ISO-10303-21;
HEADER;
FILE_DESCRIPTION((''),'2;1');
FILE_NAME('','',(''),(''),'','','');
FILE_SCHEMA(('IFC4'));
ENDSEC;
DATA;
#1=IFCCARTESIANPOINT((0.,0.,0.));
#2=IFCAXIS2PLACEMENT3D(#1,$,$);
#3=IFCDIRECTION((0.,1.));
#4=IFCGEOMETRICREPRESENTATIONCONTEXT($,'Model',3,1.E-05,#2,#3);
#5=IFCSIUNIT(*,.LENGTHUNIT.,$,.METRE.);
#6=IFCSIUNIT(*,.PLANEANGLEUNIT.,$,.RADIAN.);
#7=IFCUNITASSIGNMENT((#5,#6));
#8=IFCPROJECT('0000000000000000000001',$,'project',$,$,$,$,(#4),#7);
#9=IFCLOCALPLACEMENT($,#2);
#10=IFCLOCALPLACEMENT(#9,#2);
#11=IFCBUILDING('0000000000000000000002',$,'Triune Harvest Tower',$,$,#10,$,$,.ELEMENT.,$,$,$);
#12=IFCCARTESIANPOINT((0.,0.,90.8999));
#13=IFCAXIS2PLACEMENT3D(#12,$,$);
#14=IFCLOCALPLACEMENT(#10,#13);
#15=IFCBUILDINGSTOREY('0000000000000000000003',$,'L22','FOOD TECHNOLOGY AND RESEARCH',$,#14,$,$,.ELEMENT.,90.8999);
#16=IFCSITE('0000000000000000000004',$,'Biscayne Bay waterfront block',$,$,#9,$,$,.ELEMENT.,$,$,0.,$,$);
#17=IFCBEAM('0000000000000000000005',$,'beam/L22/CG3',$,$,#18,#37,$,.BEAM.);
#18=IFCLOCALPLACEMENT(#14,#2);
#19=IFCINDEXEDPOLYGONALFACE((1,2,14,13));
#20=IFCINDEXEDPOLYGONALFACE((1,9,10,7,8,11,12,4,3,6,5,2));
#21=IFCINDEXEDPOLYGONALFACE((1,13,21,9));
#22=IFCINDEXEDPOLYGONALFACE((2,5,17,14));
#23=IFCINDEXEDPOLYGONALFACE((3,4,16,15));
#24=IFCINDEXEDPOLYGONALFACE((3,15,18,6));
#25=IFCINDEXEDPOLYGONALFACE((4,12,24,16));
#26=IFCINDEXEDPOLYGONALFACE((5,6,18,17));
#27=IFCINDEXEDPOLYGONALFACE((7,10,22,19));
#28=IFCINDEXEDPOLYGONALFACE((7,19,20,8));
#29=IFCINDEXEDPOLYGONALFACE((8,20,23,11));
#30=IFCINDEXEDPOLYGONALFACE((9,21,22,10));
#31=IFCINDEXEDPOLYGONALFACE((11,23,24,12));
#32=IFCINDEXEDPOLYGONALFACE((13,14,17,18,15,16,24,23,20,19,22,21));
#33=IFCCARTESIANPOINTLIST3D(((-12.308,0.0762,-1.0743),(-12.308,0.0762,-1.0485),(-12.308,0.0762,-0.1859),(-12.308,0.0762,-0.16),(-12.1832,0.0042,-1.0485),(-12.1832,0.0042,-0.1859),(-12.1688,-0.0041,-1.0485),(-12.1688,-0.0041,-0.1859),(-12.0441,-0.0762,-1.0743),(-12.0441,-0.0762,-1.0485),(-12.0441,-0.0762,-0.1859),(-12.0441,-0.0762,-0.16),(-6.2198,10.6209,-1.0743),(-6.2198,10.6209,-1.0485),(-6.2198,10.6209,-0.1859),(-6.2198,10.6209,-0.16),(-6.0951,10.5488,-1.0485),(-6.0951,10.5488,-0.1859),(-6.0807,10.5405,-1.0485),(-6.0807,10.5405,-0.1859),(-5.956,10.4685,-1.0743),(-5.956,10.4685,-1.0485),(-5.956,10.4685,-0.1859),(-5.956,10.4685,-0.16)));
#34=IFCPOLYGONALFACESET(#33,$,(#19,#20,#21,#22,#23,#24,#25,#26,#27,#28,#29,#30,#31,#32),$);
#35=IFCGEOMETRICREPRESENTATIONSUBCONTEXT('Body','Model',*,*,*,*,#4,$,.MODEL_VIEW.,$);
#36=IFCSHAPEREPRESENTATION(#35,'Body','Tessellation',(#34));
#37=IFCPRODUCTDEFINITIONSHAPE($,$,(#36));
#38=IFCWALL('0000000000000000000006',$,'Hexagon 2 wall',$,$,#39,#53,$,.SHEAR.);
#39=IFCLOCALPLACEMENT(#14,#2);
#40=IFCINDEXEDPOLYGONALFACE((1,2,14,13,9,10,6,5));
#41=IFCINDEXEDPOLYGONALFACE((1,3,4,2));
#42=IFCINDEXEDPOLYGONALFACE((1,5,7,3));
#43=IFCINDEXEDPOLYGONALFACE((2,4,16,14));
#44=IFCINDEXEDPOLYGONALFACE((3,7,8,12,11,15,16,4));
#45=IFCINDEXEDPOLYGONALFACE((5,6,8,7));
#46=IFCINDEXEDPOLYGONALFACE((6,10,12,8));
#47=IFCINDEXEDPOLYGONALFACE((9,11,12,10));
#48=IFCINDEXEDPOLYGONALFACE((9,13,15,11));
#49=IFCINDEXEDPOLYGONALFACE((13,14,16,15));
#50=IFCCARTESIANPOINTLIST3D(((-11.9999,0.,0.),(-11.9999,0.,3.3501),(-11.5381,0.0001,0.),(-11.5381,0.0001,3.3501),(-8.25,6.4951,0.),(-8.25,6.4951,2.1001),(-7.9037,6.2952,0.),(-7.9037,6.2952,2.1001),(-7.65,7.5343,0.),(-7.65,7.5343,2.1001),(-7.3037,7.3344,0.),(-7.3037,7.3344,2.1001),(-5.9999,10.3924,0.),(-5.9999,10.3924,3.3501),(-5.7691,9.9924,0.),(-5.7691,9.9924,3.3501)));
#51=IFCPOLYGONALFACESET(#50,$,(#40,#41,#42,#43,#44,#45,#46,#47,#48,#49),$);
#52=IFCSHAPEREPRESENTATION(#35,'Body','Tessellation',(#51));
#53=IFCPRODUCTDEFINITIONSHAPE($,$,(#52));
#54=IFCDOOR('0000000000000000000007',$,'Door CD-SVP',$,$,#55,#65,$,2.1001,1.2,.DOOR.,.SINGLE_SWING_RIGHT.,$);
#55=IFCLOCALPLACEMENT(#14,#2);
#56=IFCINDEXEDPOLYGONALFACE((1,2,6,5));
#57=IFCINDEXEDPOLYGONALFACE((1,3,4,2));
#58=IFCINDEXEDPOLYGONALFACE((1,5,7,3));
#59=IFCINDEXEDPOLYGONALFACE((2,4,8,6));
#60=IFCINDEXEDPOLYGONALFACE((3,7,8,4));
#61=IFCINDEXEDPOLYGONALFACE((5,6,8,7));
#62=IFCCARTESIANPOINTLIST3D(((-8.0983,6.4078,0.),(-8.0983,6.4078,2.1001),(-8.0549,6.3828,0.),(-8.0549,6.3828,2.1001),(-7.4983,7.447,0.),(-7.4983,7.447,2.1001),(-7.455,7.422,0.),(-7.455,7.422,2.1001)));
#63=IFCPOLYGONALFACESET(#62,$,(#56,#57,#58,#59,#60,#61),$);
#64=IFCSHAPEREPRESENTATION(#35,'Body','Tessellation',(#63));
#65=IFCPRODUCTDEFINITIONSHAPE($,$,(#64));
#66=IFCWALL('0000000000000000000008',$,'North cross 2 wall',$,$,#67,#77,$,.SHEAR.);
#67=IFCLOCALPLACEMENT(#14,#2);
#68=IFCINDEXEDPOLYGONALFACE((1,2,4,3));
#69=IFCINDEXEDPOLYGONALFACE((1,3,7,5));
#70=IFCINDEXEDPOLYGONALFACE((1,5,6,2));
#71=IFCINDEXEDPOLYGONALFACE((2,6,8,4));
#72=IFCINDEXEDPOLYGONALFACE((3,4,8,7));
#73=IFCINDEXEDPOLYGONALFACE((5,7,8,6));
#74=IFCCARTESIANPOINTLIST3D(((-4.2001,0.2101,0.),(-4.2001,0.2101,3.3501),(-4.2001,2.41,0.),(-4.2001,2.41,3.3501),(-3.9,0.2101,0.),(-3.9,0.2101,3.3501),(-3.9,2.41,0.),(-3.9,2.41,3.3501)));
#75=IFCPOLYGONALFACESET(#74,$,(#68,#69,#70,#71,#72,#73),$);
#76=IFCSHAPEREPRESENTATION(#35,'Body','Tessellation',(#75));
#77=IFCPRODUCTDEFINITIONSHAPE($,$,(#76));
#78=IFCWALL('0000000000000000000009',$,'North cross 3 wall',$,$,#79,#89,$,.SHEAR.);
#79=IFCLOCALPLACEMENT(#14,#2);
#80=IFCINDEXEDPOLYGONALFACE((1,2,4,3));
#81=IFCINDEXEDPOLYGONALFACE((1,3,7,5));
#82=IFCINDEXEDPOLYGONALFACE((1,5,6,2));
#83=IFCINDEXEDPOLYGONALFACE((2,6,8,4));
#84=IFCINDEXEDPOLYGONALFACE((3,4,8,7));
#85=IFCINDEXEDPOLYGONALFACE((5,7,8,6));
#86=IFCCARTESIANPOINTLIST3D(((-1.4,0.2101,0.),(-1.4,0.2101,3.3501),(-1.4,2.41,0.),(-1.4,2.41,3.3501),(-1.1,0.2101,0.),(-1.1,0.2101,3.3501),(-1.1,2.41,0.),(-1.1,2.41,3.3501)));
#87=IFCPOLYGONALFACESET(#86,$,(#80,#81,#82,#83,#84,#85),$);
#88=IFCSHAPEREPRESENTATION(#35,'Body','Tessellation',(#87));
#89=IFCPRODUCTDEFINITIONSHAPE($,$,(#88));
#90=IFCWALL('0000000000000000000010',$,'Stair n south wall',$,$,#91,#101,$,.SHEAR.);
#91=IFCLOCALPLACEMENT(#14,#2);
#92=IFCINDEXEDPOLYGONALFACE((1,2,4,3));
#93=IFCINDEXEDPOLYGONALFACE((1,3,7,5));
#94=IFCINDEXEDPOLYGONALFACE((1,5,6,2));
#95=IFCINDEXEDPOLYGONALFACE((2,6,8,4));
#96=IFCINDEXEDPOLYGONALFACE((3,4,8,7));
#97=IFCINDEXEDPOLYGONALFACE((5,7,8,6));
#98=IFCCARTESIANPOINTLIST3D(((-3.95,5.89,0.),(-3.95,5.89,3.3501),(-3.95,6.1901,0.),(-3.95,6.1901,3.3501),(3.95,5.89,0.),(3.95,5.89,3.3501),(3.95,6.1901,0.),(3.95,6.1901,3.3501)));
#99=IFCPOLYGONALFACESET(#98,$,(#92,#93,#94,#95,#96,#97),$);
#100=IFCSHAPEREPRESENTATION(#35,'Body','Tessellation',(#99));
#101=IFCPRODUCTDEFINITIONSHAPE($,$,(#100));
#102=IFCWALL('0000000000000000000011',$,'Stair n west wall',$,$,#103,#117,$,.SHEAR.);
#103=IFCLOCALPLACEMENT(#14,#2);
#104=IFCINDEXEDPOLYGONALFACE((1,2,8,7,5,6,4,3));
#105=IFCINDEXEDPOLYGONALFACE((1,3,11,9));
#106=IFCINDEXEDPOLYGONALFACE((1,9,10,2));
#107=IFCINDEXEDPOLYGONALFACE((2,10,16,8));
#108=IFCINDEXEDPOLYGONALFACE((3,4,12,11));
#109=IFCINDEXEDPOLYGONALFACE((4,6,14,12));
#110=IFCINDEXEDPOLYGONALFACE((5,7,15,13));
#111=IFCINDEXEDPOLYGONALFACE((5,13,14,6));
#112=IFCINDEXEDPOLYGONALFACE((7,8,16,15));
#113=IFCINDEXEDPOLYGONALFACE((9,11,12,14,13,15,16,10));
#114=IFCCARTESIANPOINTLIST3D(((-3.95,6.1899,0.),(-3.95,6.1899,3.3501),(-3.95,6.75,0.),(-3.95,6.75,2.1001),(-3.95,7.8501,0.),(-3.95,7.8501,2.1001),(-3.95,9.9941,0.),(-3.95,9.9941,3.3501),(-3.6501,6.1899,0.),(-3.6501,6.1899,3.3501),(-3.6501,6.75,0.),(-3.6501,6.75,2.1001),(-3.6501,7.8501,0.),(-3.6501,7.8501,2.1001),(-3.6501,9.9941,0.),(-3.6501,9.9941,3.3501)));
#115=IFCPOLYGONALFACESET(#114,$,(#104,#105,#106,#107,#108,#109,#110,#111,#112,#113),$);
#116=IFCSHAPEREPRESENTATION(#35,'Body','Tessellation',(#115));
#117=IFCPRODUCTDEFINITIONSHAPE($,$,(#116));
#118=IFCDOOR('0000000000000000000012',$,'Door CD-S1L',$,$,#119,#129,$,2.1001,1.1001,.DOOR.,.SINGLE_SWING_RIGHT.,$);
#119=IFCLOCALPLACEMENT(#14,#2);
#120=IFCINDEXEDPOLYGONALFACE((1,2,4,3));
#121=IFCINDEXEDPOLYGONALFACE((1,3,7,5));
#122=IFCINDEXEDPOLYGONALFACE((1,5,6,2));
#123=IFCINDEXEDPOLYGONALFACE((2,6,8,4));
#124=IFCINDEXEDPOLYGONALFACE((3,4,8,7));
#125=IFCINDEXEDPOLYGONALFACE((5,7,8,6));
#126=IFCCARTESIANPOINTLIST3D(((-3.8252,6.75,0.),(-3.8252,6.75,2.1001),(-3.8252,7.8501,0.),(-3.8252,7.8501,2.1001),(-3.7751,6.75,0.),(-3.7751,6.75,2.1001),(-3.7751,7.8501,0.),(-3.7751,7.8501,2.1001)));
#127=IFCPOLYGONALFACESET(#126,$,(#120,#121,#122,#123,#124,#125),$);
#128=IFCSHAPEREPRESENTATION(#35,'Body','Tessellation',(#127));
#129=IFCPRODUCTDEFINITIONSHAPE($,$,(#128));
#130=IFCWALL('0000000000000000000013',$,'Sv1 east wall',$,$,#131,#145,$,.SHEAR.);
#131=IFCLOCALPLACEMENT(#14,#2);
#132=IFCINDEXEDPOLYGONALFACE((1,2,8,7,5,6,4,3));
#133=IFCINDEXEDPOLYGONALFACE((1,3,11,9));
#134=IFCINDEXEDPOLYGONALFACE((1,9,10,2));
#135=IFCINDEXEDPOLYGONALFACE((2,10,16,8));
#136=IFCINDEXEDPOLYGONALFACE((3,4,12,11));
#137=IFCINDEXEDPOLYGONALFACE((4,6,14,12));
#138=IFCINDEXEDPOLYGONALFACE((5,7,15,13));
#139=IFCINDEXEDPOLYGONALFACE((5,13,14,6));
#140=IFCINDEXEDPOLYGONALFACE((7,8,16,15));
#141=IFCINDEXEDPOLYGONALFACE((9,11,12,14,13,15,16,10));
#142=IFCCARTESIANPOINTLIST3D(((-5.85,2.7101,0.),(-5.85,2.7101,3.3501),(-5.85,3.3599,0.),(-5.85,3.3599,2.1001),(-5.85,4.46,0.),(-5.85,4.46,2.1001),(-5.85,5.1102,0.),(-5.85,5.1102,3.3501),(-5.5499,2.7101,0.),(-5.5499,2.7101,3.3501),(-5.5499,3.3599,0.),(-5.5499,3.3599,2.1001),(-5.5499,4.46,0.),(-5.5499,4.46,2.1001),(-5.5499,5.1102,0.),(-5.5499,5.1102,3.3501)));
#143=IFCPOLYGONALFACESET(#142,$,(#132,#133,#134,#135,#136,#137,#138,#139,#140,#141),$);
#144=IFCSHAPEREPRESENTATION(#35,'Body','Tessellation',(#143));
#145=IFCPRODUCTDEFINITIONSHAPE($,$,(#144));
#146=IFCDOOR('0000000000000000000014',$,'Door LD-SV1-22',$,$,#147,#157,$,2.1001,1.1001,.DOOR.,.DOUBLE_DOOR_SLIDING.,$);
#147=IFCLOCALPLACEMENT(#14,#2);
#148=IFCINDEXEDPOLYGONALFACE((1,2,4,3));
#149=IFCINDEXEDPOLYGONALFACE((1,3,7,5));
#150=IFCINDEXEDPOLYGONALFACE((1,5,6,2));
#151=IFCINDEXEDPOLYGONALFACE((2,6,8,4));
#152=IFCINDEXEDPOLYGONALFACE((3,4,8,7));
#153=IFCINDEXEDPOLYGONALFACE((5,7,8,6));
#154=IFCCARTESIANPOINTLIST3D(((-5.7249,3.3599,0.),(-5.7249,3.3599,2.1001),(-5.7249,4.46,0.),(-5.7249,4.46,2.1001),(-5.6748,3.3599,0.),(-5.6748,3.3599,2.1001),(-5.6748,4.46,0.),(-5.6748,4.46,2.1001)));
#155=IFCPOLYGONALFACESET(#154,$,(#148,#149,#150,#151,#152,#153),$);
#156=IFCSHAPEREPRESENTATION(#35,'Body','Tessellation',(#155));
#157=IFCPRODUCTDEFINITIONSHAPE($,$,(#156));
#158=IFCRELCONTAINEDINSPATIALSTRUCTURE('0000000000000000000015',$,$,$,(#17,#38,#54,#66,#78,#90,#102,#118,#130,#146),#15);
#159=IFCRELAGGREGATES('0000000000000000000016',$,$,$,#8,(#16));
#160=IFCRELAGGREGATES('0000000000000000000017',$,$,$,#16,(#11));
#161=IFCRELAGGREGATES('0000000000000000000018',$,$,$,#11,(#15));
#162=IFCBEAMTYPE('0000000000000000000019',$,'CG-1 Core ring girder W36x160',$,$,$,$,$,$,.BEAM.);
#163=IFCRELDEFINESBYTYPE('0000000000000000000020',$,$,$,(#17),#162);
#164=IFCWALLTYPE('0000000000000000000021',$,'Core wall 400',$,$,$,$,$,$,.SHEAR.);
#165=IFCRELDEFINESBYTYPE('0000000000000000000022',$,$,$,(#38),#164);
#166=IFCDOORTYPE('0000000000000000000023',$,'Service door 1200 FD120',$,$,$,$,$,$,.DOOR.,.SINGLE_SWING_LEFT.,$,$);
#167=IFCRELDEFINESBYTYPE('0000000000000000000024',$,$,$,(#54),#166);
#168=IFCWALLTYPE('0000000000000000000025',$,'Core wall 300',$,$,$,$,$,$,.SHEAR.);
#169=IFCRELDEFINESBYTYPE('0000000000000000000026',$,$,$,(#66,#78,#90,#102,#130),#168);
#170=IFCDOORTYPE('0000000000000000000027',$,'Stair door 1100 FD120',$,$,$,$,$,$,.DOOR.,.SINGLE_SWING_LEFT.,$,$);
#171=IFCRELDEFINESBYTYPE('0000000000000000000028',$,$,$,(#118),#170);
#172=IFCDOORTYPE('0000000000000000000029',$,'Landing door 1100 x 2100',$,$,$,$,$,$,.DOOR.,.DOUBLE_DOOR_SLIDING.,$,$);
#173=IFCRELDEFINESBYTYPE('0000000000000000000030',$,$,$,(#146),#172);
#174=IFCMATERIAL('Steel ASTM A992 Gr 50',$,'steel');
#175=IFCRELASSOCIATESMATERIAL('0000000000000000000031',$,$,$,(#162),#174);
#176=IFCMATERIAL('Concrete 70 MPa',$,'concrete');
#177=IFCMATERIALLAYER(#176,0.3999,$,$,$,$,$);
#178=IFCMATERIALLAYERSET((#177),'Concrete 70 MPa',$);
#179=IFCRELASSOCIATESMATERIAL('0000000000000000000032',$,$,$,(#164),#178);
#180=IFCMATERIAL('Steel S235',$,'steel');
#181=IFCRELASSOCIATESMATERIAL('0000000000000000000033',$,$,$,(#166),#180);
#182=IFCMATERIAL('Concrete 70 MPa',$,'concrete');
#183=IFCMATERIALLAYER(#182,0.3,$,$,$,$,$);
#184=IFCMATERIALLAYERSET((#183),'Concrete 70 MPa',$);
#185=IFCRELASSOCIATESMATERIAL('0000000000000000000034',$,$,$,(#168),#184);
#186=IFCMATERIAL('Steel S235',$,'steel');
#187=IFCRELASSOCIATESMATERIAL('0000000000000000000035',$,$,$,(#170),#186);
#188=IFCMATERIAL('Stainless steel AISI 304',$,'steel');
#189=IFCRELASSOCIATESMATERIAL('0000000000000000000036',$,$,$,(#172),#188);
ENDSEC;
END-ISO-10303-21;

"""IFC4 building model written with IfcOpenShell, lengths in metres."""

from ifc_helpers import new_model, si_unit, direction, frame, frame_2d, origin, origin_2d, place, context, subcontext, project, spatial, polyline, rectangle, i_section, outline, extrude, source, transform, mapped, material, layer, layer_set, material_profile, profile_set, type_object, element, fill, save


model = new_model("IFC4")

# Units and contexts
model_context = context("Model", 3, precision=1e-05, world=origin(), true_north=direction((0.0, 1.0)))
body_context = subcontext(model_context, "Body", "Model", "MODEL_VIEW")
ifc_project = project(units=[si_unit("LENGTHUNIT", "METRE"), si_unit("PLANEANGLEUNIT", "RADIAN")], contexts=[model_context])

# Site, building, storey
site_placement = place(None, origin())
site = spatial("IfcSite", under=ifc_project, at=site_placement, Name="Biscayne Bay waterfront block", CompositionType="ELEMENT", RefElevation=0.0)
building_placement = place(site_placement, origin())
building = spatial("IfcBuilding", under=site, at=building_placement, Name="Triune Harvest Tower", CompositionType="ELEMENT")
storey_placement = place(building_placement, frame((0.0, 0.0, 90.8999)))
storey = spatial("IfcBuildingStorey", under=building, at=storey_placement, Name="L22", Description="FOOD TECHNOLOGY AND RESEARCH", CompositionType="ELEMENT", Elevation=90.8999)

# Beam
ifc_material_1 = material(Name="Steel ASTM A992 Gr 50", Category="steel")
ifc_material_profile = material_profile(ifc_material_1, i_section(OverallWidth=0.3047, OverallDepth=0.9143, WebThickness=0.0166, FlangeThickness=0.0259, at=origin_2d()), Name="W36x160")
ifc_profile_set = profile_set([ifc_material_profile], Name="Steel ASTM A992 Gr 50")
beam_type = type_object("IfcBeamType", Name="CG-1 Core ring girder W36x160", PredefinedType="BEAM", material=ifc_profile_set)
shared_shape_1 = source(origin(), body_context, "Body", "SweptSolid", [
    extrude(i_section(OverallWidth=0.3047, OverallDepth=0.9143, WebThickness=0.0166, FlangeThickness=0.0259, at=origin_2d()), origin(), (0.0, 0.0, 1.0), 12.176),
])
beam_placement = place(storey_placement, frame((-6.0879, 10.5447, -0.6172), z_axis=(-0.50001, -0.86602, 0.0), x_axis=(0.86602, -0.50001, 0.0)))
element("IfcBeam", 1, at=beam_placement, inside=storey, type_object=beam_type, Name="beam/L22/CG3", PredefinedType="BEAM", context=body_context, shape_type="MappedRepresentation", body=[
    mapped(shared_shape_1, transform((0.0, 0.0, 0.0), scale=1.0)),
])

# Wall, opening, door
ifc_material_2 = material(Name="Concrete 70 MPa", Category="concrete")
ifc_layer_1 = layer(ifc_material_2, 0.3999)
ifc_layer_set_1 = layer_set([ifc_layer_1], Name="Concrete 70 MPa")
wall_type_1 = type_object("IfcWallType", Name="Core wall 400", PredefinedType="SHEAR", material=ifc_layer_set_1)
shared_shape_2 = source(origin(), body_context, "Body", "SweptSolid", [
    extrude(outline(polyline([(-0.1155, -0.2), (11.8845, -0.2), (11.6536, 0.2), (0.1155, 0.2), (-0.1155, -0.2)])), origin(), (0.0, 0.0, 1.0), 3.3501),
])
wall_1_placement = place(storey_placement, frame((-5.8845, 10.1924, 0.0), z_axis=(0.0, 0.0, 1.0), x_axis=(-0.499997, -0.866027, 0.0)))
wall_1 = element("IfcWall", 2, at=wall_1_placement, inside=storey, type_object=wall_type_1, Name="Hexagon 2 wall", PredefinedType="SHEAR", context=body_context, shape_type="MappedRepresentation", body=[
    mapped(shared_shape_2, transform((0.0, 0.0, 0.0), scale=1.0)),
])
opening_1_placement = place(wall_1_placement, frame((3.1846, 0.0, 0.0)))
opening_1 = element("IfcOpeningElement", 3, at=opening_1_placement, cuts=wall_1, PredefinedType="OPENING", context=body_context, shape_type="SweptSolid", body=[
    extrude(rectangle(XDim=1.2, YDim=2.1001, at=frame_2d((0.6001, 1.05))), frame((0.0, 0.21, 0.0), z_axis=(0.0, -1.0, 0.0), x_axis=(1.0, 0.0, 0.0)), (0.0, 0.0, 1.0), 0.4199),
])
ifc_material_3 = material(Name="Steel S235", Category="steel")
door_type_1 = type_object("IfcDoorType", Name="Service door 1200 FD120", OperationType="SINGLE_SWING_LEFT", PredefinedType="DOOR", material=ifc_material_3)
door_1_placement = place(opening_1_placement, frame((1.2, 0.0, 0.0), z_axis=(0.0, 0.0, 1.0), x_axis=(-1.0, 0.0, 0.0)))
door_1 = element("IfcDoor", 4, at=door_1_placement, inside=storey, type_object=door_type_1, Name="Door CD-SVP", OperationType="SINGLE_SWING_RIGHT", OverallHeight=2.1001, OverallWidth=1.2, PredefinedType="DOOR", context=body_context, shape_type="SweptSolid", body=[
    extrude(rectangle(XDim=1.2, YDim=2.1001, at=frame_2d((0.6001, 1.05))), frame((0.0, 0.0249, 0.0), z_axis=(0.0, -1.0, 0.0), x_axis=(1.0, 0.0, 0.0)), (0.0, 0.0, 1.0), 0.05),
])
fill(opening_1, door_1)

# Walls
ifc_material_4 = material(Name="Concrete 70 MPa", Category="concrete")
ifc_layer_2 = layer(ifc_material_4, 0.3)
ifc_layer_set_2 = layer_set([ifc_layer_2], Name="Concrete 70 MPa")
wall_type_2 = type_object("IfcWallType", Name="Core wall 300", PredefinedType="SHEAR", material=ifc_layer_set_2)
shared_shape_3 = source(origin(), body_context, "Body", "SweptSolid", [
    extrude(rectangle(XDim=2.2, YDim=0.3, at=frame_2d((1.1001, 0.0))), origin(), (0.0, 0.0, 1.0), 3.3501),
])
for number, where, z_axis, x_axis, name in (
    (5, (-4.05, 0.21, 0.0), (0.0, 0.0, 1.0), (0.0, 1.0, 0.0), "North cross 2 wall"),
    (6, (-1.25, 0.21, 0.0), (0.0, 0.0, 1.0), (0.0, 1.0, 0.0), "North cross 3 wall"),
):
    element("IfcWall", number, at=place(storey_placement, frame(where, z_axis=z_axis, x_axis=x_axis)), inside=storey, type_object=wall_type_2, Name=name, PredefinedType="SHEAR", context=body_context, shape_type="MappedRepresentation", body=[
        mapped(shared_shape_3, transform((0.0, 0.0, 0.0), scale=1.0)),
    ])
shared_shape_4 = source(origin(), body_context, "Body", "SweptSolid", [
    extrude(rectangle(XDim=7.8999, YDim=0.3, at=frame_2d((3.95, 0.0))), origin(), (0.0, 0.0, 1.0), 3.3501),
])
wall_2_placement = place(storey_placement, frame((-3.95, 6.04, 0.0), z_axis=(0.0, 0.0, 1.0), x_axis=(1.0, 0.0, 0.0)))
element("IfcWall", 7, at=wall_2_placement, inside=storey, type_object=wall_type_2, Name="Stair n south wall", PredefinedType="SHEAR", context=body_context, shape_type="MappedRepresentation", body=[
    mapped(shared_shape_4, transform((0.0, 0.0, 0.0), scale=1.0)),
])

# Walls, openings, doors
shared_shape_5 = source(origin(), body_context, "Body", "SweptSolid", [
    extrude(outline(polyline([(0.0, -0.1499), (0.0, 0.1499), (3.8042, 0.1499), (3.8042, -0.1499), (0.0, -0.1499)])), origin(), (0.0, 0.0, 1.0), 3.3501),
])
wall_3_placement = place(storey_placement, frame((-3.8, 6.1899, 0.0), z_axis=(0.0, 0.0, 1.0), x_axis=(0.0, 1.0, 0.0)))
wall_3 = element("IfcWall", 8, at=wall_3_placement, inside=storey, type_object=wall_type_2, Name="Stair n west wall", PredefinedType="SHEAR", context=body_context, shape_type="MappedRepresentation", body=[
    mapped(shared_shape_5, transform((0.0, 0.0, 0.0), scale=1.0)),
])
opening_2_placement = place(wall_3_placement, frame((0.5601, 0.0, 0.0)))
opening_2 = element("IfcOpeningElement", 9, at=opening_2_placement, cuts=wall_3, PredefinedType="OPENING", context=body_context, shape_type="SweptSolid", body=[
    extrude(rectangle(XDim=1.1001, YDim=2.1001, at=frame_2d((0.55, 1.05))), frame((0.0, 0.1602, 0.0), z_axis=(0.0, -1.0, 0.0), x_axis=(1.0, 0.0, 0.0)), (0.0, 0.0, 1.0), 0.3201),
])
ifc_material_5 = material(Name="Steel S235", Category="steel")
door_type_2 = type_object("IfcDoorType", Name="Stair door 1100 FD120", OperationType="SINGLE_SWING_LEFT", PredefinedType="DOOR", material=ifc_material_5)
door_2_placement = place(opening_2_placement, frame((1.1001, 0.0, 0.0), z_axis=(0.0, 0.0, 1.0), x_axis=(-1.0, 0.0, 0.0)))
door_2 = element("IfcDoor", 10, at=door_2_placement, inside=storey, type_object=door_type_2, Name="Door CD-S1L", OperationType="SINGLE_SWING_RIGHT", OverallHeight=2.1001, OverallWidth=1.1001, PredefinedType="DOOR", context=body_context, shape_type="SweptSolid", body=[
    extrude(rectangle(XDim=1.1001, YDim=2.1001, at=frame_2d((0.55, 1.05))), frame((0.0, 0.0249, 0.0), z_axis=(0.0, -1.0, 0.0), x_axis=(1.0, 0.0, 0.0)), (0.0, 0.0, 1.0), 0.05),
])
fill(opening_2, door_2)
shared_shape_6 = source(origin(), body_context, "Body", "SweptSolid", [
    extrude(rectangle(XDim=2.4001, YDim=0.3, at=frame_2d((1.2002, 0.0))), origin(), (0.0, 0.0, 1.0), 3.3501),
])
wall_4_placement = place(storey_placement, frame((-5.7, 2.71, 0.0), z_axis=(0.0, 0.0, 1.0), x_axis=(0.0, 1.0, 0.0)))
wall_4 = element("IfcWall", 11, at=wall_4_placement, inside=storey, type_object=wall_type_2, Name="Sv1 east wall", PredefinedType="SHEAR", context=body_context, shape_type="MappedRepresentation", body=[
    mapped(shared_shape_6, transform((0.0, 0.0, 0.0), scale=1.0)),
])
opening_3_placement = place(wall_4_placement, frame((0.6499, 0.0, 0.0)))
opening_3 = element("IfcOpeningElement", 12, at=opening_3_placement, cuts=wall_4, PredefinedType="OPENING", context=body_context, shape_type="SweptSolid", body=[
    extrude(rectangle(XDim=1.1001, YDim=2.1001, at=frame_2d((0.55, 1.05))), frame((0.0, 0.1602, 0.0), z_axis=(0.0, -1.0, 0.0), x_axis=(1.0, 0.0, 0.0)), (0.0, 0.0, 1.0), 0.3201),
])
ifc_material_6 = material(Name="Stainless steel AISI 304", Category="steel")
door_type_3 = type_object("IfcDoorType", Name="Landing door 1100 x 2100", OperationType="DOUBLE_DOOR_SLIDING", PredefinedType="DOOR", material=ifc_material_6)
door_3_placement = place(opening_3_placement, origin())
door_3 = element("IfcDoor", 13, at=door_3_placement, inside=storey, type_object=door_type_3, Name="Door LD-SV1-22", OperationType="DOUBLE_DOOR_SLIDING", OverallHeight=2.1001, OverallWidth=1.1001, PredefinedType="DOOR", context=body_context, shape_type="SweptSolid", body=[
    extrude(rectangle(XDim=1.1001, YDim=2.1001, at=frame_2d((0.55, 1.05))), frame((0.0, 0.0249, 0.0), z_axis=(0.0, -1.0, 0.0), x_axis=(1.0, 0.0, 0.0)), (0.0, 0.0, 1.0), 0.05),
])
fill(opening_3, door_3)

save(model, "model.ifc")
